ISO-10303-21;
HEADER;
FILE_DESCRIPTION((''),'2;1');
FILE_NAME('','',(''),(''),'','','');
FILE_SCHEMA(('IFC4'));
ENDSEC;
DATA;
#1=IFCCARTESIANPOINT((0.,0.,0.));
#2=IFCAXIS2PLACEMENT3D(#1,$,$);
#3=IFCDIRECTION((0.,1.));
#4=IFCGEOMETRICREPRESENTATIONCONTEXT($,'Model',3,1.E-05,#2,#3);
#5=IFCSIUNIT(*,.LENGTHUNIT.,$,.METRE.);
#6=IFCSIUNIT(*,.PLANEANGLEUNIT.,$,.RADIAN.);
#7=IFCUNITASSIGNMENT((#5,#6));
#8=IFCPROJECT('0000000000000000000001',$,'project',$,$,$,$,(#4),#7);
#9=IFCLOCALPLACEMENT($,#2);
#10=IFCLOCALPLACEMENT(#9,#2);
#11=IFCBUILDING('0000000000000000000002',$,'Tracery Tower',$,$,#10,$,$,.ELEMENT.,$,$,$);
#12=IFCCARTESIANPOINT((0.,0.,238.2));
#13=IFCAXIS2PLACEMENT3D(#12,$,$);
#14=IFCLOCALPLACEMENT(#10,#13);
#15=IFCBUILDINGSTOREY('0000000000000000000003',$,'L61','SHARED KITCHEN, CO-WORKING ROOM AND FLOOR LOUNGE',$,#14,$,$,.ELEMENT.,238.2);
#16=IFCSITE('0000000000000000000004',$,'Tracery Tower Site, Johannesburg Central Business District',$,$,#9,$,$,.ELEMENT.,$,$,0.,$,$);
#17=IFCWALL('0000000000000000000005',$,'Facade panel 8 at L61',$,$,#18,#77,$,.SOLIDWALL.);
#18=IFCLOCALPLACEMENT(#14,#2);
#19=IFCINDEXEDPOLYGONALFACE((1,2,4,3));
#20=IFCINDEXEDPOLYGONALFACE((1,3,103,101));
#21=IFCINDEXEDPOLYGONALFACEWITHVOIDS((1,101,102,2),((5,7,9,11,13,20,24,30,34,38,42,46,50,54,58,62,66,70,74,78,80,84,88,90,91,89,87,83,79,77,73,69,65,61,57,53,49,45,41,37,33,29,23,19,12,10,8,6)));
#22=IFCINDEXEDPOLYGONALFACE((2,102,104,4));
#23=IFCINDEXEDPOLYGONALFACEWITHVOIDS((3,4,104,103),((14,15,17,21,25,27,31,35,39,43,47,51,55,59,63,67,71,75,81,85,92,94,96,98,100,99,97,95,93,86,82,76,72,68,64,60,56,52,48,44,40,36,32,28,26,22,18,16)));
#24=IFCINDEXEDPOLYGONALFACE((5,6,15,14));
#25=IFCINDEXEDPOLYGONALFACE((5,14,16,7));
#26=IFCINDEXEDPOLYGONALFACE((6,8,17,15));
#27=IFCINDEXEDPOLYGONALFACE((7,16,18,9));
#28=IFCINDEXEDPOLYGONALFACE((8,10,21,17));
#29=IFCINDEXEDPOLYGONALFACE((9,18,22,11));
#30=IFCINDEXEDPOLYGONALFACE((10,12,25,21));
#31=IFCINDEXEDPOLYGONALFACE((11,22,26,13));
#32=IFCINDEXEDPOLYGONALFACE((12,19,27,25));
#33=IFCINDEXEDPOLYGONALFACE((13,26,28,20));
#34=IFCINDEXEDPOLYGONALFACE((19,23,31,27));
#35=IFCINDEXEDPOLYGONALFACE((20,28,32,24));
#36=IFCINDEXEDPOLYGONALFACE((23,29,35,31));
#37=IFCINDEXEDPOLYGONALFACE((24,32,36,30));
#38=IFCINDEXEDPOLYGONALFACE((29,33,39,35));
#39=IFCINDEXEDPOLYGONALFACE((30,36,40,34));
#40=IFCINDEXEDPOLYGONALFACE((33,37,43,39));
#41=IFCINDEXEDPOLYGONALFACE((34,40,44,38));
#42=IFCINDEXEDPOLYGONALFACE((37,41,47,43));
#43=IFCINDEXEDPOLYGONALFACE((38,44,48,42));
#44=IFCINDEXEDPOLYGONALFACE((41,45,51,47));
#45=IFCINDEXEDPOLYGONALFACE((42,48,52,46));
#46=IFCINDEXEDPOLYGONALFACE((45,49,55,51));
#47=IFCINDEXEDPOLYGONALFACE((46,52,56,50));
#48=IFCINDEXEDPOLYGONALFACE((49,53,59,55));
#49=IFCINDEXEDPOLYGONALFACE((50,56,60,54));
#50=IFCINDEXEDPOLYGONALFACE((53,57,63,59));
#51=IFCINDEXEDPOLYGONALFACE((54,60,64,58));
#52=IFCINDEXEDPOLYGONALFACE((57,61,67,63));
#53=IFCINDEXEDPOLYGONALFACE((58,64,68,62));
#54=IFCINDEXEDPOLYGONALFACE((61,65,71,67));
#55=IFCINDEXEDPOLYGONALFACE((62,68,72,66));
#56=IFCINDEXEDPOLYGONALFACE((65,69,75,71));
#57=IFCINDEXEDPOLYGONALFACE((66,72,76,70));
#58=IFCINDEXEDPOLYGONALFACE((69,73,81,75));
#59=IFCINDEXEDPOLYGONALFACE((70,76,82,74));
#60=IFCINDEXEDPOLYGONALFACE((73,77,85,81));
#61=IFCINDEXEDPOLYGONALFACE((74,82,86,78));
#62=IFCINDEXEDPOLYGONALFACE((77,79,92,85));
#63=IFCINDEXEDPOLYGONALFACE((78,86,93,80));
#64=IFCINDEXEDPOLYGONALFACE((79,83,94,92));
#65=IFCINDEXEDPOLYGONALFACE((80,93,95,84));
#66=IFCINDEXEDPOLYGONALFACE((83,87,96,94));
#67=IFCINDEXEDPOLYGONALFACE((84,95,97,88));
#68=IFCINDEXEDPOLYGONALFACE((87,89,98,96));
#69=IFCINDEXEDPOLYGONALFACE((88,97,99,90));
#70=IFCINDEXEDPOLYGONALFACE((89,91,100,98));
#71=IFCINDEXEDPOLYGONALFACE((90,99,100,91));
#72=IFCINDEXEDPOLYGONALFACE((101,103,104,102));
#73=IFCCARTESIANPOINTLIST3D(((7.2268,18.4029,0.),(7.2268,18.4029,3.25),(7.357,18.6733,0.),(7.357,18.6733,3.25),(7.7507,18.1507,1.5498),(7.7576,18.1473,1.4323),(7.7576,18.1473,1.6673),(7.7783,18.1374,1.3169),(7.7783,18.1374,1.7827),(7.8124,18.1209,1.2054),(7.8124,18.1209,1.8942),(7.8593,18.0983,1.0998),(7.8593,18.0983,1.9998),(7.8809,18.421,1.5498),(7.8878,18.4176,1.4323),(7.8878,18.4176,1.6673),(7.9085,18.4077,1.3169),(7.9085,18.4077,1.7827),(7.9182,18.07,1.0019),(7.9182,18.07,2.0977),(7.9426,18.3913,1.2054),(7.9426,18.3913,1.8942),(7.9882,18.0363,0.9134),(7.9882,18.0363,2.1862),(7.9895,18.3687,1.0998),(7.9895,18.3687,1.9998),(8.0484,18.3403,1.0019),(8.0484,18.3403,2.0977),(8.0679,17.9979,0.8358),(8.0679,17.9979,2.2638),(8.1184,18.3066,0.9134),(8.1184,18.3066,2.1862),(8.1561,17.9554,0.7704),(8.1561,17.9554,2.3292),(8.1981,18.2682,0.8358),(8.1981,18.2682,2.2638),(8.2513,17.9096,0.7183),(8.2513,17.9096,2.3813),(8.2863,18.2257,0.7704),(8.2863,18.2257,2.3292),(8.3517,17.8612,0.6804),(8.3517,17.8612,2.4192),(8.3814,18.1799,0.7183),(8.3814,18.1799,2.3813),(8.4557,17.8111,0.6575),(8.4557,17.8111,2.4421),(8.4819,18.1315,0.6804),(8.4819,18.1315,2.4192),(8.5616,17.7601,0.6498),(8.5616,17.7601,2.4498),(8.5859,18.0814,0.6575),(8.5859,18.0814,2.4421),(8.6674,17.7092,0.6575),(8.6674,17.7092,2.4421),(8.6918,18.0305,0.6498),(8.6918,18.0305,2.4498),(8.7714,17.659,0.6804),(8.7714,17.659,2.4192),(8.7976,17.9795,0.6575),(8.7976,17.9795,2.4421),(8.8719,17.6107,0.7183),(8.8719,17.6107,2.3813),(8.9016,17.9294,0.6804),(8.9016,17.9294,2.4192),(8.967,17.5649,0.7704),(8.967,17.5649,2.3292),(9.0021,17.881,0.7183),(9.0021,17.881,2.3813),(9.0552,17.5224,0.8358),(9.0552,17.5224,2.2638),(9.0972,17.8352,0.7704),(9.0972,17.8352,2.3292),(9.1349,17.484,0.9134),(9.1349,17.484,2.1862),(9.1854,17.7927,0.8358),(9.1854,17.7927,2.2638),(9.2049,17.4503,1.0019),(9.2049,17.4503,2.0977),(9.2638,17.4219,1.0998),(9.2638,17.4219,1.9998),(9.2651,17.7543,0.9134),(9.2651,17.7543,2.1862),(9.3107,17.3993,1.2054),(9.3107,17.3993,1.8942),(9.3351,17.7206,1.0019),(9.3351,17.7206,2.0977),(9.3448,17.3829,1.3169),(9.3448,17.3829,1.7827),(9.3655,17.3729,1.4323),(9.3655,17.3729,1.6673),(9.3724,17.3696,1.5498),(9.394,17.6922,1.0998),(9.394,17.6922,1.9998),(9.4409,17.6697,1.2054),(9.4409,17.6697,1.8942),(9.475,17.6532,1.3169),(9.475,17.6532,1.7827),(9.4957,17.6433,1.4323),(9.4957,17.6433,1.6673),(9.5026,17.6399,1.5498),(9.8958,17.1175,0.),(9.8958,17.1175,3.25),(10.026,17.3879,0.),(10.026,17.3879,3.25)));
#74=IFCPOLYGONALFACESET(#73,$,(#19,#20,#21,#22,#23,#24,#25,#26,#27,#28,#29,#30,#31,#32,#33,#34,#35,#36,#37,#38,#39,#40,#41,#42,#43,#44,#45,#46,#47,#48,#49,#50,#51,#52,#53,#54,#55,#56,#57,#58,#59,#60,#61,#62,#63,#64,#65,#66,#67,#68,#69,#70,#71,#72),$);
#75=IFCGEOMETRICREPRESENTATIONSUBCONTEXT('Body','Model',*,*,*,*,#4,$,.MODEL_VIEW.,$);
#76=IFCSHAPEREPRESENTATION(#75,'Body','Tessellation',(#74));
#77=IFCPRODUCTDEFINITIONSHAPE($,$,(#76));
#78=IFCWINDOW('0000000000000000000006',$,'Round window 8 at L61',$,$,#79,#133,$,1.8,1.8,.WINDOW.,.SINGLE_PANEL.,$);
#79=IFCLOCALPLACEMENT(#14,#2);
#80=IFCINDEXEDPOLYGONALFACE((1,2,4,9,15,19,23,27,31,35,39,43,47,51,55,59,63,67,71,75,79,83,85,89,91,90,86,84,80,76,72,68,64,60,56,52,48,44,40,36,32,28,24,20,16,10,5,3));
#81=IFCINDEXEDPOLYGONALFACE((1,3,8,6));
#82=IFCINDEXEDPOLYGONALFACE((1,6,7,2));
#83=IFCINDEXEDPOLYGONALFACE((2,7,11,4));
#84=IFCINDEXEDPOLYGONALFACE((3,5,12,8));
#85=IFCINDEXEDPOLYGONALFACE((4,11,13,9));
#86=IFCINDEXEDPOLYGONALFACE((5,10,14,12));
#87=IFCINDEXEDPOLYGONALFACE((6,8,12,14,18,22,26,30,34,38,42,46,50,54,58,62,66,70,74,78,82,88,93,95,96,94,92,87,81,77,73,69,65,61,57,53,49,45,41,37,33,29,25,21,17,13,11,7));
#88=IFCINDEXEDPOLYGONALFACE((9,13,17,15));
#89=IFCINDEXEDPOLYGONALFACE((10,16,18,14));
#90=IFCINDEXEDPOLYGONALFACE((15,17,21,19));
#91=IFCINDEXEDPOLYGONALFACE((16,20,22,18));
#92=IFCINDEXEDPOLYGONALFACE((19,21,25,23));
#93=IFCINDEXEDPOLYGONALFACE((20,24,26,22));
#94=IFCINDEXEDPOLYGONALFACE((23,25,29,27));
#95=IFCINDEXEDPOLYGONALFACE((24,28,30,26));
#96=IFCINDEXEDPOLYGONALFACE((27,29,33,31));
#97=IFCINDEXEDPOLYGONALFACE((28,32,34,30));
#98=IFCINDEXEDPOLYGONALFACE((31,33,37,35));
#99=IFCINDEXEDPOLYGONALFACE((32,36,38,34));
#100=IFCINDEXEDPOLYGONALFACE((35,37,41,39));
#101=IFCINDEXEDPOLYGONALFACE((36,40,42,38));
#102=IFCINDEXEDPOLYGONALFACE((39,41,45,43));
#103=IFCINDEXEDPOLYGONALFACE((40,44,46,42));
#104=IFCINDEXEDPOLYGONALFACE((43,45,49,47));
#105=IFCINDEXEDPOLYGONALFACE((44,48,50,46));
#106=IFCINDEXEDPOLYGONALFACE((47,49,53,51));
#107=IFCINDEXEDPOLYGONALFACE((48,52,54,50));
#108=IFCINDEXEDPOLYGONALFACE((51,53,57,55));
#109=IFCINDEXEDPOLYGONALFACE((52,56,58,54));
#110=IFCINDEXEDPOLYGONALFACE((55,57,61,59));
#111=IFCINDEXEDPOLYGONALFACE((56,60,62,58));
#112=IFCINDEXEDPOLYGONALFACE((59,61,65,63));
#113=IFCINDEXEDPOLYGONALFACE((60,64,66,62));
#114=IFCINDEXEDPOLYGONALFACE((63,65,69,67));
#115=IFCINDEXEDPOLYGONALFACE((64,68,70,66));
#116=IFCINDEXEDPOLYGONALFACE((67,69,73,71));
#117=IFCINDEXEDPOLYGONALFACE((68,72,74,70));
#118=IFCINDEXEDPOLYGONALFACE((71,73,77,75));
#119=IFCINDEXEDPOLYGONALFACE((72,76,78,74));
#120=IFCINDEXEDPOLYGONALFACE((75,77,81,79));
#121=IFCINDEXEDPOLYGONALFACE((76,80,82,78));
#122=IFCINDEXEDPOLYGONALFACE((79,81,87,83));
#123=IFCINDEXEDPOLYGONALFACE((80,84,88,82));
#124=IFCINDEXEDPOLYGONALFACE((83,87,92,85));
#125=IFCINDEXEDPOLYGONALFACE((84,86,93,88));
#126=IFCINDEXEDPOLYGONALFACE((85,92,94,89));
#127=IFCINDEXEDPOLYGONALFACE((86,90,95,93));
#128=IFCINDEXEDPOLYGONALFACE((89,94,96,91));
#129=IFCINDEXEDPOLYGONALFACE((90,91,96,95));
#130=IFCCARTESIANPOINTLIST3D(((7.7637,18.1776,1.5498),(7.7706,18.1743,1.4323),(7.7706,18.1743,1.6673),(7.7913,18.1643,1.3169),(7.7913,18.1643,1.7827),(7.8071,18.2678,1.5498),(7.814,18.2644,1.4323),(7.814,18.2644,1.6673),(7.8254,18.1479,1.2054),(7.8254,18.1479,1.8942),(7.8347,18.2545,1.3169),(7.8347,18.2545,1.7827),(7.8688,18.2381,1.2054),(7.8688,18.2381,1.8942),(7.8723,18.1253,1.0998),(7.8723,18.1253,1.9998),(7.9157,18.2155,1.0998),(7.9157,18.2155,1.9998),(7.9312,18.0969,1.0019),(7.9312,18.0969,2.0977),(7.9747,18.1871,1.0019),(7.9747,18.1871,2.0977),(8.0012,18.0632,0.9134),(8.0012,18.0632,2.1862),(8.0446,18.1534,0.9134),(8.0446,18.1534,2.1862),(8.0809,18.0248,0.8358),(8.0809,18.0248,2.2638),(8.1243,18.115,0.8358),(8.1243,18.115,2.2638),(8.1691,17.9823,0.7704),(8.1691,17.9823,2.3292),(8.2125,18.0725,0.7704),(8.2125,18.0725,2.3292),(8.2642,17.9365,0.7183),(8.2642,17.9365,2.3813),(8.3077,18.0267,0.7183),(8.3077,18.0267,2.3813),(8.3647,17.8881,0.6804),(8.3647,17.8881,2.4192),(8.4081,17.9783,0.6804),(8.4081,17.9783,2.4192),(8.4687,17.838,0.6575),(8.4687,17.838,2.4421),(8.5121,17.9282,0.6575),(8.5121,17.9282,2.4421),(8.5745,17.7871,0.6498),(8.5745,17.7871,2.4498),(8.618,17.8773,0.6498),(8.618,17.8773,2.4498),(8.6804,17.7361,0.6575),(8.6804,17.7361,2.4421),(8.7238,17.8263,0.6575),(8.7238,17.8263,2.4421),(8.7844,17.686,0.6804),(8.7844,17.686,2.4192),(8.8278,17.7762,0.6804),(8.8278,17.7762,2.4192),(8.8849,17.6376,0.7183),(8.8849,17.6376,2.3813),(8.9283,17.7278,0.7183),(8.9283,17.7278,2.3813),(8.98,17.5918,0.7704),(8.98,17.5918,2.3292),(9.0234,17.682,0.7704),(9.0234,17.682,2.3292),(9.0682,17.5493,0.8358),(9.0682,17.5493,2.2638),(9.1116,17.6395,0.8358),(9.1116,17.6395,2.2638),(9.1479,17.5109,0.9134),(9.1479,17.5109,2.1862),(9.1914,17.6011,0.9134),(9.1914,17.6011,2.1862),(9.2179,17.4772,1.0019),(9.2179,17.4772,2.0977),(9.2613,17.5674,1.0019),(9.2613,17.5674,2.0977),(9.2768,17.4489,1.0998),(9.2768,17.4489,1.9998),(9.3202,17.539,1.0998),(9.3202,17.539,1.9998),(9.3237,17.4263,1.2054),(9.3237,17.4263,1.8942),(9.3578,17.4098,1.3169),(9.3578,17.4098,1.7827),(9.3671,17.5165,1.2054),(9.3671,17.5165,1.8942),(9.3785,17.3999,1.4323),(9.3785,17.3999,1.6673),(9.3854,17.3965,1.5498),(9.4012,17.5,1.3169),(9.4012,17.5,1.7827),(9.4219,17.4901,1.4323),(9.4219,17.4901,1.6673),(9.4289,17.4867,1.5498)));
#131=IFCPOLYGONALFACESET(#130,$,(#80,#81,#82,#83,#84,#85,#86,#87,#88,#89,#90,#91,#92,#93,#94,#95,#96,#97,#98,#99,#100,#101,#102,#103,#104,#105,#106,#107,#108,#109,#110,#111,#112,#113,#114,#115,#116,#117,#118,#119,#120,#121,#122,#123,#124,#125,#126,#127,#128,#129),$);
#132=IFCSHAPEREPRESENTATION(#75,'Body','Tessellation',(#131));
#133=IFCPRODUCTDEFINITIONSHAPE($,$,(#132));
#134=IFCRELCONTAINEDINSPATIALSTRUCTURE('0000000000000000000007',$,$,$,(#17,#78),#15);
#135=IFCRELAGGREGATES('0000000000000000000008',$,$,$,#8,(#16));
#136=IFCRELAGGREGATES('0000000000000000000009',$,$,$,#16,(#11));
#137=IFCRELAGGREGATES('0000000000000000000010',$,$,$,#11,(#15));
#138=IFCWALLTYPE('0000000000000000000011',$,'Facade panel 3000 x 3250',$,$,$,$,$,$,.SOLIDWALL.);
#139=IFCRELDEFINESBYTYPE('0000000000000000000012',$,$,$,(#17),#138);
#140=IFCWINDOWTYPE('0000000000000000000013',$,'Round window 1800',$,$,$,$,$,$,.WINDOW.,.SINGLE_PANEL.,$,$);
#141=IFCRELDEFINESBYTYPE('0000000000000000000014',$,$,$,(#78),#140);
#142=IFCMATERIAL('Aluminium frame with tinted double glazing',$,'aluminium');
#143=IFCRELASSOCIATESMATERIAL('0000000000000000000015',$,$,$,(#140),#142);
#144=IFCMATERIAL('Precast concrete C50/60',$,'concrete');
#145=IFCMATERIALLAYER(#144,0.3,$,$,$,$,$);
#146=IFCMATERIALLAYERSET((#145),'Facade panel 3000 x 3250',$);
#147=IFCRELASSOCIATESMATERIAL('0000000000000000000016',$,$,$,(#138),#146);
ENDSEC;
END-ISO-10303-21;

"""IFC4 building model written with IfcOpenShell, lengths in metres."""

from ifc_helpers import new_model, si_unit, direction, frame, frame_2d, origin, origin_2d, place, context, subcontext, project, spatial, rectangle, circle, extrude, material, layer, layer_set, type_object, element, fill, save


model = new_model("IFC4")

# Units and contexts
model_context = context("Model", 3, precision=1e-05, world=origin(), true_north=direction((0.0, 1.0)))
body_context = subcontext(model_context, "Body", "Model", "MODEL_VIEW")
ifc_project = project(units=[si_unit("LENGTHUNIT", "METRE"), si_unit("PLANEANGLEUNIT", "RADIAN")], contexts=[model_context])

# Site, building, storey
site_placement = place(None, origin())
site = spatial("IfcSite", under=ifc_project, at=site_placement, Name="Tracery Tower Site, Johannesburg Central Business District", CompositionType="ELEMENT", RefElevation=0.0)
building_placement = place(site_placement, origin())
building = spatial("IfcBuilding", under=site, at=building_placement, Name="Tracery Tower", CompositionType="ELEMENT")
storey_placement = place(building_placement, frame((0.0, 0.0, 238.2)))
storey = spatial("IfcBuildingStorey", under=building, at=storey_placement, Name="L61", Description="SHARED KITCHEN, CO-WORKING ROOM AND FLOOR LOUNGE", CompositionType="ELEMENT", Elevation=238.2)

# Wall, opening, window
ifc_material_1 = material(Name="Aluminium frame with tinted double glazing", Category="aluminium")
window_type = type_object("IfcWindowType", Name="Round window 1800", PartitioningType="SINGLE_PANEL", PredefinedType="WINDOW", material=ifc_material_1)
ifc_material_2 = material(Name="Precast concrete C50/60", Category="concrete")
ifc_layer_1 = layer(ifc_material_2, 0.3)
ifc_layer_set_1 = layer_set([ifc_layer_1], Name="Facade panel 3000 x 3250")
wall_type_1 = type_object("IfcWallType", Name="Facade panel 3000 x 3250", PredefinedType="SOLIDWALL", material=ifc_layer_set_1)
wall_1_placement = place(storey_placement, frame((9.9609, 17.2527, 0.0), z_axis=(0.0, 0.0, 1.0), x_axis=(-0.900955, 0.433912, 0.0)))
wall_1 = element("IfcWall", 1, at=wall_1_placement, inside=storey, type_object=wall_type_1, Name="Facade panel 8 at L61", PredefinedType="SOLIDWALL", context=body_context, shape_type="SweptSolid", body=[
    extrude(rectangle(XDim=2.9624, YDim=0.3, at=frame_2d((1.4812, 0.0))), origin(), (0.0, 0.0, 1.0), 3.25),
])
opening_1_placement = place(wall_1_placement, frame((1.481, 0.0, 1.5498)))
opening_1 = element("IfcOpeningElement", 2, at=opening_1_placement, cuts=wall_1, PredefinedType="OPENING", context=body_context, shape_type="SweptSolid", body=[
    extrude(circle(Radius=0.9, at=origin_2d()), frame((0.0, 0.1599, 0.0), z_axis=(0.0, -1.0, 0.0), x_axis=(1.0, 0.0, 0.0)), (0.0, 0.0, 1.0), 0.3201),
])
window_1_placement = place(opening_1_placement, origin())
window_1 = element("IfcWindow", 3, at=window_1_placement, inside=storey, type_object=window_type, Name="Round window 8 at L61", OverallHeight=1.8, OverallWidth=1.8, PartitioningType="SINGLE_PANEL", PredefinedType="WINDOW", context=body_context, shape_type="SweptSolid", body=[
    extrude(circle(Radius=0.9, at=origin_2d()), frame((0.0, 0.1201, 0.0), z_axis=(0.0, -1.0, 0.0), x_axis=(1.0, 0.0, 0.0)), (0.0, 0.0, 1.0), 0.1001),
])
fill(opening_1, window_1)

save(model, "model.ifc")
